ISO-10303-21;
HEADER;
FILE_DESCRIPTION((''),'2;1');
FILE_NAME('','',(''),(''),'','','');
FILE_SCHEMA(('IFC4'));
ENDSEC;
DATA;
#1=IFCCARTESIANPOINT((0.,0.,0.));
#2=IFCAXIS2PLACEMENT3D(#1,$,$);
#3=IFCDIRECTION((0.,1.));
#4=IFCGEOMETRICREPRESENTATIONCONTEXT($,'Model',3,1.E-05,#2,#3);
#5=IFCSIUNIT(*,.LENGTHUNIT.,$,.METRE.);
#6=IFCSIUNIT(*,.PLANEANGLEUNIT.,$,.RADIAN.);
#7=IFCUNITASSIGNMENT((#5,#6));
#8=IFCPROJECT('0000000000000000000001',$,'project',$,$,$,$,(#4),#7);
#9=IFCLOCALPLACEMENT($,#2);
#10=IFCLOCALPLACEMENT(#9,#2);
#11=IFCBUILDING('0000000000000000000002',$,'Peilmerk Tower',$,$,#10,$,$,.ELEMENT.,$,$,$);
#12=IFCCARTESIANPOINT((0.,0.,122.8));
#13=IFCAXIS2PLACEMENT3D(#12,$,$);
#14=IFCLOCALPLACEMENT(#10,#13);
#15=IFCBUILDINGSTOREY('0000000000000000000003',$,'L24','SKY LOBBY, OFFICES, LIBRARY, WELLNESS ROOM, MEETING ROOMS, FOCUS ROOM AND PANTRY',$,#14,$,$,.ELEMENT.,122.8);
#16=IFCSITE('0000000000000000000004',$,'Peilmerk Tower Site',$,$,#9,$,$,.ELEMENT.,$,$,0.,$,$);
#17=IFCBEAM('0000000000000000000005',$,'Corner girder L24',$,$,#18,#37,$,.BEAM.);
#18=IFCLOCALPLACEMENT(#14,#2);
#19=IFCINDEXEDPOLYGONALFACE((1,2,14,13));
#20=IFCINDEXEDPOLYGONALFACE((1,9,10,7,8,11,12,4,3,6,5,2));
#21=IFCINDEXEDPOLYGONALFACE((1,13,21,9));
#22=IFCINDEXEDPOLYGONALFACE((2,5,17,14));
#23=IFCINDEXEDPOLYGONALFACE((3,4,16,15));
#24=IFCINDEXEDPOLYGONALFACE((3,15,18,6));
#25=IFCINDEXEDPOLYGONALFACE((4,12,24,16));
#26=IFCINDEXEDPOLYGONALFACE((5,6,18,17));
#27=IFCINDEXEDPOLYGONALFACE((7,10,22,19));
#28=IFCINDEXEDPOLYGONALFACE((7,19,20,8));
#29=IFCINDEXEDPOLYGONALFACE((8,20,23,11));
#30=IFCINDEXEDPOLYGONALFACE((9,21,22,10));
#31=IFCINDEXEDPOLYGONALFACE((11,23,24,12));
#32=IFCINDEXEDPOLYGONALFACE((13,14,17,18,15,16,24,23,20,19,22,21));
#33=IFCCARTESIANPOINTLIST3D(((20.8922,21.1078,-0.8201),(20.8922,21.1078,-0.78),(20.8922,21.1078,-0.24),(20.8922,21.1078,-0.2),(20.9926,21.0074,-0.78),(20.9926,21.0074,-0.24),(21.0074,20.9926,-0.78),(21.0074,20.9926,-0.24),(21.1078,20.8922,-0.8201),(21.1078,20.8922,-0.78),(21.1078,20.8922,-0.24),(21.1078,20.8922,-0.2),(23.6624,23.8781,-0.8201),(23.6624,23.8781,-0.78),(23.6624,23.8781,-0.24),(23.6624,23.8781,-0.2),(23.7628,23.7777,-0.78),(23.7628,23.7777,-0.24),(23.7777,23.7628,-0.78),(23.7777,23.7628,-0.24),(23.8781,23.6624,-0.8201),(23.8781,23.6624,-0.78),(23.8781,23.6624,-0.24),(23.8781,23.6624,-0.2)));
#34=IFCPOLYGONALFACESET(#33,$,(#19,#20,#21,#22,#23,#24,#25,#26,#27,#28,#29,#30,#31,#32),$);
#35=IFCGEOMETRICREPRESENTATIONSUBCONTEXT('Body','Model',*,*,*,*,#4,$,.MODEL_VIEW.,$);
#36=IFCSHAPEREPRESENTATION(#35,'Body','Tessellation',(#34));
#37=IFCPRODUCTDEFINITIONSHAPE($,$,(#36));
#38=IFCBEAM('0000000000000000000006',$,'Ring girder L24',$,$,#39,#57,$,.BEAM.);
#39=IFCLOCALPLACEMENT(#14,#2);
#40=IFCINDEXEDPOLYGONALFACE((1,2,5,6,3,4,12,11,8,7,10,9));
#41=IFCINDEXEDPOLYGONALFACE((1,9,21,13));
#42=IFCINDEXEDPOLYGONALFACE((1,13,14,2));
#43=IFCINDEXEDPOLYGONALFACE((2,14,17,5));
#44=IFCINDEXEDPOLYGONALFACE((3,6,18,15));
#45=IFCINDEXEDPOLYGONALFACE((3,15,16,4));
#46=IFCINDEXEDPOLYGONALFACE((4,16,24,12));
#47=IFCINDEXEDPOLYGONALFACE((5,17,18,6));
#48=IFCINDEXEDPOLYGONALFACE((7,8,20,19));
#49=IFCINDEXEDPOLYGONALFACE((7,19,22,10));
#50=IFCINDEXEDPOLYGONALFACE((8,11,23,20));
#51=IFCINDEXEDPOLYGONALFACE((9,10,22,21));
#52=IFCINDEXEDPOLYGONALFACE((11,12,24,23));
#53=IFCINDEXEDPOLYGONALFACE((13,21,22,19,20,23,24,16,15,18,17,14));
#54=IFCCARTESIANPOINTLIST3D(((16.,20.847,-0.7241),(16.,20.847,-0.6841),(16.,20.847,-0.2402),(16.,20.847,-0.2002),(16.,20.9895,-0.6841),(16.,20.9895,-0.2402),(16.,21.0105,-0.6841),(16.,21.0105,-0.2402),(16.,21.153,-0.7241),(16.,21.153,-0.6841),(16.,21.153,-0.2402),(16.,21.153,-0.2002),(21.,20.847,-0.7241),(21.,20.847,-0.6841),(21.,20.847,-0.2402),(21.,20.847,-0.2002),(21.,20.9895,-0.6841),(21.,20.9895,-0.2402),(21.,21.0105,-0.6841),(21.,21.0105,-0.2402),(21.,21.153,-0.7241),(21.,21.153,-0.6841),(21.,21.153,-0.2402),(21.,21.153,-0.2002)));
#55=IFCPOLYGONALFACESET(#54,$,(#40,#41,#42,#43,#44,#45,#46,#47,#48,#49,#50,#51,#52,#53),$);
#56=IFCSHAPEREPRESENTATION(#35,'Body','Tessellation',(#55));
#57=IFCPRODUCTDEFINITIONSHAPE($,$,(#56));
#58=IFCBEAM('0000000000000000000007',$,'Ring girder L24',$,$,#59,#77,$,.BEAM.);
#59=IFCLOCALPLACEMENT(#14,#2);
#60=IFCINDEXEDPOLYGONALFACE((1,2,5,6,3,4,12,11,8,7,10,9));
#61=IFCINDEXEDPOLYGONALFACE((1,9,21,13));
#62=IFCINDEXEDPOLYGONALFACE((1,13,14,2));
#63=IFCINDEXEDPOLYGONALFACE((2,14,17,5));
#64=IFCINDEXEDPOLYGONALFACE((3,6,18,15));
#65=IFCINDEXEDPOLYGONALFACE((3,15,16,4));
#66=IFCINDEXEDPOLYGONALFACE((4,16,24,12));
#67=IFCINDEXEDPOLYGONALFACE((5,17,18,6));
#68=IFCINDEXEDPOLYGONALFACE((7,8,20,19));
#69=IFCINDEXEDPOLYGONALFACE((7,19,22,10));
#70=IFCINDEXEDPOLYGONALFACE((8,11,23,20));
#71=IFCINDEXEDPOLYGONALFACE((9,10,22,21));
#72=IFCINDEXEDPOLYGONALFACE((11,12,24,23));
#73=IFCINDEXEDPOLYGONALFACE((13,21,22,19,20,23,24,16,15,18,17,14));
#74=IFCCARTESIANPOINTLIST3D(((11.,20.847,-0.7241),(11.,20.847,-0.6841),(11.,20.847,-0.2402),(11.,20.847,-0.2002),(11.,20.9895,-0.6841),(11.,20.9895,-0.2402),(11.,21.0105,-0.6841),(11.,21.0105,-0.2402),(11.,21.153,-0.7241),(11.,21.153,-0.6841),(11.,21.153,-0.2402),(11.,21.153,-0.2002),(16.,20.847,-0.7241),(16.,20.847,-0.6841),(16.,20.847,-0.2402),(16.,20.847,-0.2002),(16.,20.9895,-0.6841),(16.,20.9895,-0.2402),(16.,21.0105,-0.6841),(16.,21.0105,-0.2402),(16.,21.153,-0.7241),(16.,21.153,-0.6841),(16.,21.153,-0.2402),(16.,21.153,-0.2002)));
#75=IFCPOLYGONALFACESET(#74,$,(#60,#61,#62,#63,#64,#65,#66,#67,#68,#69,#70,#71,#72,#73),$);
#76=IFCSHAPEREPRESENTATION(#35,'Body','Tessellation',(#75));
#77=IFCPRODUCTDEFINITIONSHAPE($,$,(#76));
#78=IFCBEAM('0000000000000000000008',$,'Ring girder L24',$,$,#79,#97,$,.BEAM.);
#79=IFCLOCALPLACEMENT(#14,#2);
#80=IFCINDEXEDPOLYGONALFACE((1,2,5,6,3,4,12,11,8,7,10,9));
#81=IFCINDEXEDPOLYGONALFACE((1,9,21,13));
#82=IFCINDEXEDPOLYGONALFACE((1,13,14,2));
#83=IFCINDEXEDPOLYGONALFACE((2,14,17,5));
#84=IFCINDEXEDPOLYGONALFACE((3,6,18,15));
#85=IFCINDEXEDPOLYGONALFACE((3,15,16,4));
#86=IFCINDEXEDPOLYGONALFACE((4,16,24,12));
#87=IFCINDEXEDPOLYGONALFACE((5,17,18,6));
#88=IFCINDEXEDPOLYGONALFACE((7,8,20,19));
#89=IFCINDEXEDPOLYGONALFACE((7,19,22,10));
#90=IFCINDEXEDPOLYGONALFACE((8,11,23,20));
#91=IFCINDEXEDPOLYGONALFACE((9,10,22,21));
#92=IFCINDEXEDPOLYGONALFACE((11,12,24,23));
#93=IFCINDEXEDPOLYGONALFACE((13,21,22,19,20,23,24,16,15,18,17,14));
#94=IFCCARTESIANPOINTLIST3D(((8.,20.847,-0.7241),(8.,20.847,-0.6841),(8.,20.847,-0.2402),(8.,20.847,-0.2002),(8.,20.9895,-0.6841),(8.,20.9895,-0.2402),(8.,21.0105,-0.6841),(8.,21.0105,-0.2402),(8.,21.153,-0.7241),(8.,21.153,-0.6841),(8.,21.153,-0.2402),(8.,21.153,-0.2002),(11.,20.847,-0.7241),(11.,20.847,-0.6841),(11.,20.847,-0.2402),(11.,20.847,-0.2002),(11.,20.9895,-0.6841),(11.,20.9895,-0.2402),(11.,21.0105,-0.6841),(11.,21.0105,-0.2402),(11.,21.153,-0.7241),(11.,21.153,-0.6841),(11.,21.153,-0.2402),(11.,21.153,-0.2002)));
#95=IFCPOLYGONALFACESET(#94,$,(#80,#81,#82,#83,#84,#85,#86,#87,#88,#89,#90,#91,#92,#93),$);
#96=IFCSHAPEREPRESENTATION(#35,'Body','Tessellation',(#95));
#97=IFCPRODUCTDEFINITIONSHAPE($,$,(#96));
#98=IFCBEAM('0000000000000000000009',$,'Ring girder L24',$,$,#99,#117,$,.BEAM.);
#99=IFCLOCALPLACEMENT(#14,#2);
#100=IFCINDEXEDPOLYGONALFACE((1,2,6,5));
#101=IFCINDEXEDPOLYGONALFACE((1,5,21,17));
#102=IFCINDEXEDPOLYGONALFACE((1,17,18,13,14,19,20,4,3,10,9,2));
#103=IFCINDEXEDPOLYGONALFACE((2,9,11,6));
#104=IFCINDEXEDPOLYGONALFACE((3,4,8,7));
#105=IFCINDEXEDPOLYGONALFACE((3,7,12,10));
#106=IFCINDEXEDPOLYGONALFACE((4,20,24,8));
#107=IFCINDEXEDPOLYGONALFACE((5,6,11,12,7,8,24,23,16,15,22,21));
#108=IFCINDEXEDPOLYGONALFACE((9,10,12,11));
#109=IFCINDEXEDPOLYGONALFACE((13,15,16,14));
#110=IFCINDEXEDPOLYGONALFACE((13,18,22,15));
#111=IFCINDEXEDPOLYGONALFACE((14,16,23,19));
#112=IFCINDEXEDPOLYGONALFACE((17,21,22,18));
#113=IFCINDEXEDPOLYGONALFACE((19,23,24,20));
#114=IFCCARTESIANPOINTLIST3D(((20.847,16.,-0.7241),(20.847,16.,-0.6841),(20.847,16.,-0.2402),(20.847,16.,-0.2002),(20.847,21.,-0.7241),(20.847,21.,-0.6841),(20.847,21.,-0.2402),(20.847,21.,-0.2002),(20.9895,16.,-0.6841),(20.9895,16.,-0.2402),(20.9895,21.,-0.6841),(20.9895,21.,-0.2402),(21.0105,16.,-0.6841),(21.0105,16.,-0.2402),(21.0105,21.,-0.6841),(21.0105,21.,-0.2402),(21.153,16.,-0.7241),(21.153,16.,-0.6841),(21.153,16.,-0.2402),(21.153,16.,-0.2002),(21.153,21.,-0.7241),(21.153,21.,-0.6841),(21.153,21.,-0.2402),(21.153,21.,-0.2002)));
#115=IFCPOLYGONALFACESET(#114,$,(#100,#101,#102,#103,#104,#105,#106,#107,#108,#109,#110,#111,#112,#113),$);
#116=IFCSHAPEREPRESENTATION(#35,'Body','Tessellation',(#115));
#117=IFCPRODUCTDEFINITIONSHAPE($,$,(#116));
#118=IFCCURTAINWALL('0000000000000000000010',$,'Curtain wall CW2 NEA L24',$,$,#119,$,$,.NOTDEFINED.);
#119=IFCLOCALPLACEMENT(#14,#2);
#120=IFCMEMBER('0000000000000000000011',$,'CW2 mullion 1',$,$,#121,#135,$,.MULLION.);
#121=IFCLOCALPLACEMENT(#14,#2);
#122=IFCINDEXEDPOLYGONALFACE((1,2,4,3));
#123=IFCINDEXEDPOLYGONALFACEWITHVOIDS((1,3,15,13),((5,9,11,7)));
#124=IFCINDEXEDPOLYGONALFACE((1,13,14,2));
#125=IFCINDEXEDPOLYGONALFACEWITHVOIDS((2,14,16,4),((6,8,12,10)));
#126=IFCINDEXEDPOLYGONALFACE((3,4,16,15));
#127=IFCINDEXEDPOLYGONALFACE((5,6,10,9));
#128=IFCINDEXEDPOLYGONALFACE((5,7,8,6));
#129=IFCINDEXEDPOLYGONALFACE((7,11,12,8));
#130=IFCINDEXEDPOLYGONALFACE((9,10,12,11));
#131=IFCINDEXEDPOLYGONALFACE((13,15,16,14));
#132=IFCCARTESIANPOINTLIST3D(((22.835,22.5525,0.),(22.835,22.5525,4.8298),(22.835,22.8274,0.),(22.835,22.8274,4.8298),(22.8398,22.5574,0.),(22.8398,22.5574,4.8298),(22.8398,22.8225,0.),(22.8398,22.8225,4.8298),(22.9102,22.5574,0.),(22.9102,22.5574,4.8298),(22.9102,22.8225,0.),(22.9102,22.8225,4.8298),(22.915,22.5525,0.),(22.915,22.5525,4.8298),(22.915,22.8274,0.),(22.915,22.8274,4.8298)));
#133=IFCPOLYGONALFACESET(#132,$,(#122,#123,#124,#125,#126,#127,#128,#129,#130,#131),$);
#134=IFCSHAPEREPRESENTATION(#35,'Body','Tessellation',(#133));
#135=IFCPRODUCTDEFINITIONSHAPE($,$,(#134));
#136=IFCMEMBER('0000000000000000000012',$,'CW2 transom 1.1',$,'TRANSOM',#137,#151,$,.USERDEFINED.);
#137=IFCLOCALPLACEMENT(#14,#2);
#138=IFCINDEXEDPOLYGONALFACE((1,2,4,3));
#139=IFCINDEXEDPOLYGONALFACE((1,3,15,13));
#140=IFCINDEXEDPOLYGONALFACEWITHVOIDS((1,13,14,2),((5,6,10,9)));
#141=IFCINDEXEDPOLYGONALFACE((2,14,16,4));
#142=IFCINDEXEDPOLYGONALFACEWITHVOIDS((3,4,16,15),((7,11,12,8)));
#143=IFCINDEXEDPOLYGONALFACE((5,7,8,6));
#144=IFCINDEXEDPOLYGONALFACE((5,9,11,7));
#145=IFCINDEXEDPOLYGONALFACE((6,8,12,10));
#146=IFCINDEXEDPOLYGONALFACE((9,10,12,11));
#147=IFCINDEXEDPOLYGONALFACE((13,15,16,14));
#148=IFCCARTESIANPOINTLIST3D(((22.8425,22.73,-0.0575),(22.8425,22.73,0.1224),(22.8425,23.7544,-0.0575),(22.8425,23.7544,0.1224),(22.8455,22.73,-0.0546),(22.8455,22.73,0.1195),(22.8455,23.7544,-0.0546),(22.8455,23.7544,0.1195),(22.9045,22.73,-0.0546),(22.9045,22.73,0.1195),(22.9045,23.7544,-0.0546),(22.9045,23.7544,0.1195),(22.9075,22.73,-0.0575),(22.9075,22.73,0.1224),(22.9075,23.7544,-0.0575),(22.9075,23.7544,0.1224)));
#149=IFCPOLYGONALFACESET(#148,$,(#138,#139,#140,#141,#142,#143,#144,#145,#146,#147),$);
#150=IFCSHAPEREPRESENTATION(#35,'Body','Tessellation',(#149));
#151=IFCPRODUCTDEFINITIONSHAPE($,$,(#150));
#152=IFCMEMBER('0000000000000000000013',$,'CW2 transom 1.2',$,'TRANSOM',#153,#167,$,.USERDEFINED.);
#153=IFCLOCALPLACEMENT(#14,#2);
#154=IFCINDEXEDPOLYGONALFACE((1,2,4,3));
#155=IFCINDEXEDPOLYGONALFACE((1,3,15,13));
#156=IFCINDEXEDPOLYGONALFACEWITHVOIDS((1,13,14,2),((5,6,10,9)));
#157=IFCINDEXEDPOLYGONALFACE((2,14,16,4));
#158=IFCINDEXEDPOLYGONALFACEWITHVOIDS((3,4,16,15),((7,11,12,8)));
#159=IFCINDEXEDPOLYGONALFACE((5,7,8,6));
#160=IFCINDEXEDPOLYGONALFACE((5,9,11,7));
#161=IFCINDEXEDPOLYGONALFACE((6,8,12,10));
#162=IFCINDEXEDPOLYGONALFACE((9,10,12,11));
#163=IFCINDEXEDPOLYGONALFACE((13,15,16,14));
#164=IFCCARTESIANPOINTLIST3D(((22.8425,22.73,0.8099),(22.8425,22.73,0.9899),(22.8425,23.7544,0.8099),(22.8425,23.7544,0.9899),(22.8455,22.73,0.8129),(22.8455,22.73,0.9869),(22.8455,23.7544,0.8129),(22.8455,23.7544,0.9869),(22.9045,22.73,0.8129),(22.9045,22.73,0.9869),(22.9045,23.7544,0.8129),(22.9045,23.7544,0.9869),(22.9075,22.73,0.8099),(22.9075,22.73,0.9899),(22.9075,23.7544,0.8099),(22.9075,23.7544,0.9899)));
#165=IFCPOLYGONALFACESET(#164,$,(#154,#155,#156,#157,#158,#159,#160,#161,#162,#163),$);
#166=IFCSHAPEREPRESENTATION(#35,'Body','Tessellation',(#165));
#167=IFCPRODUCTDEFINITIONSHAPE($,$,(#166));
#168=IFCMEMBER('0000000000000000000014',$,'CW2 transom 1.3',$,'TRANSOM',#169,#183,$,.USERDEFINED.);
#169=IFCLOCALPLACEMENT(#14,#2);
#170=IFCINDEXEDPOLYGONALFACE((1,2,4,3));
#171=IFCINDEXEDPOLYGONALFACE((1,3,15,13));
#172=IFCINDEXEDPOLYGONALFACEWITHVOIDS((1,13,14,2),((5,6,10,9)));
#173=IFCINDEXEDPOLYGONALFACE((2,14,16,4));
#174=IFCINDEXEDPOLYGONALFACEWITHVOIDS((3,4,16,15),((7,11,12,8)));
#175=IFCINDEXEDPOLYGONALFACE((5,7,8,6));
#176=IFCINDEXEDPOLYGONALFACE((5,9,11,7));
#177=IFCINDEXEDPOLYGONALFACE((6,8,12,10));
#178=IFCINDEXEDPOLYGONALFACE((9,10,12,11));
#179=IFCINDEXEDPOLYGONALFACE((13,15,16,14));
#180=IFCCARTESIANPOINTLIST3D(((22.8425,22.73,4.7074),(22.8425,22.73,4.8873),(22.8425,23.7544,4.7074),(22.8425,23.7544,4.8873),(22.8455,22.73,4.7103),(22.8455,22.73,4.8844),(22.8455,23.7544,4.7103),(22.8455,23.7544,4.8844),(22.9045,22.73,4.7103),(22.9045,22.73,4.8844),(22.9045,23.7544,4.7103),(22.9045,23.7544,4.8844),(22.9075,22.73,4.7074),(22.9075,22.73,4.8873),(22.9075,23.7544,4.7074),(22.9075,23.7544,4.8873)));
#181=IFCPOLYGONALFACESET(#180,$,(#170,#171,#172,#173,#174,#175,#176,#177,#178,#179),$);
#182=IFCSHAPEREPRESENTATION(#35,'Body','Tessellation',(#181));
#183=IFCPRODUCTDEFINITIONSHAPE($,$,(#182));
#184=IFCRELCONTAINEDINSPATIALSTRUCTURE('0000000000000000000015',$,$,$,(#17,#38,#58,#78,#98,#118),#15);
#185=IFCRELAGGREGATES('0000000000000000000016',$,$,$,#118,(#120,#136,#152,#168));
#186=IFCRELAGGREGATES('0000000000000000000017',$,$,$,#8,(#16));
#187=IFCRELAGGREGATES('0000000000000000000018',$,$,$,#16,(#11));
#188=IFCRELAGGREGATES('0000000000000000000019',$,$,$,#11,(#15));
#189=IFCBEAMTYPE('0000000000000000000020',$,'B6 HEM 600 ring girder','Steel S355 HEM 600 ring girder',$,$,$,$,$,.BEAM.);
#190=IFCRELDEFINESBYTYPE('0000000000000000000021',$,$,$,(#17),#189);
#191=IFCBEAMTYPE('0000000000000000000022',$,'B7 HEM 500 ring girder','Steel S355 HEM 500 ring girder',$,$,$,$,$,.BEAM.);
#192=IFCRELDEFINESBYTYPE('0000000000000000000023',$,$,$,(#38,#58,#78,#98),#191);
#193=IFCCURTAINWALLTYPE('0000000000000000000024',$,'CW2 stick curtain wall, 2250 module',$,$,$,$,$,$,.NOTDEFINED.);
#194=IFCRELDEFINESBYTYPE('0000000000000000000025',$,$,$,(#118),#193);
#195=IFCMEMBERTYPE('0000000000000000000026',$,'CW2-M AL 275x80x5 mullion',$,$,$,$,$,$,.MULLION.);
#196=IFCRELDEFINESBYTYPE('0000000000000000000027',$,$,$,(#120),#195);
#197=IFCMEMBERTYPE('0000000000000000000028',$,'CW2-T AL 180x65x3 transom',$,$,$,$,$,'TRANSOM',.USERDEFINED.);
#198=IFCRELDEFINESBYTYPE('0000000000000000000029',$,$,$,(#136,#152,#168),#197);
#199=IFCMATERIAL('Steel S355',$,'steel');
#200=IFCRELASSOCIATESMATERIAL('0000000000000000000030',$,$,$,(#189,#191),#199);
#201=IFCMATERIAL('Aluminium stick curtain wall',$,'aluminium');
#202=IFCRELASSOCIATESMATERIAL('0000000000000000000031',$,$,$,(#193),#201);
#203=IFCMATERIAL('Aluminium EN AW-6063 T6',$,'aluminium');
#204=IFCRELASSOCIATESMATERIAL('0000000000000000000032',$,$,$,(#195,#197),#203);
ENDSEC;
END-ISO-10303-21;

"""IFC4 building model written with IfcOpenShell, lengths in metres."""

from ifc_helpers import new_model, si_unit, direction, frame, origin, origin_2d, place, context, subcontext, project, spatial, hollow_rectangle, i_section, extrude, material, material_profile, profile_set, type_object, element, aggregate, save


model = new_model("IFC4")

# Units and contexts
model_context = context("Model", 3, precision=1e-05, world=origin(), true_north=direction((0.0, 1.0)))
body_context = subcontext(model_context, "Body", "Model", "MODEL_VIEW")
ifc_project = project(units=[si_unit("LENGTHUNIT", "METRE"), si_unit("PLANEANGLEUNIT", "RADIAN")], contexts=[model_context])

# Site, building, storey
site_placement = place(None, origin())
site = spatial("IfcSite", under=ifc_project, at=site_placement, Name="Peilmerk Tower Site", CompositionType="ELEMENT", RefElevation=0.0)
building_placement = place(site_placement, origin())
building = spatial("IfcBuilding", under=site, at=building_placement, Name="Peilmerk Tower", CompositionType="ELEMENT")
storey_placement = place(building_placement, frame((0.0, 0.0, 122.8)))
storey = spatial("IfcBuildingStorey", under=building, at=storey_placement, Name="L24", Description="SKY LOBBY, OFFICES, LIBRARY, WELLNESS ROOM, MEETING ROOMS, FOCUS ROOM AND PANTRY", CompositionType="ELEMENT", Elevation=122.8)

# Beams
ifc_material_1 = material(Name="Steel S355", Category="steel")
ifc_material_profile_1 = material_profile(ifc_material_1, i_section(OverallWidth=0.3049, OverallDepth=0.6201, WebThickness=0.021, FlangeThickness=0.04, at=origin_2d()), Name="HEM 600")
ifc_profile_set_1 = profile_set([ifc_material_profile_1], Name="Steel S355")
beam_type_1 = type_object("IfcBeamType", Name="B6 HEM 600 ring girder", Description="Steel S355 HEM 600 ring girder", PredefinedType="BEAM", material=ifc_profile_set_1)
beam_1_placement = place(storey_placement, frame((21.0, 21.0, -0.51), z_axis=(0.707107, 0.707107, 0.0), x_axis=(-0.707107, 0.707107, 0.0)))
element("IfcBeam", 1, at=beam_1_placement, inside=storey, type_object=beam_type_1, Name="Corner girder L24", PredefinedType="BEAM", context=body_context, shape_type="SweptSolid", body=[
    extrude(i_section(OverallWidth=0.3049, OverallDepth=0.6201, WebThickness=0.021, FlangeThickness=0.04, at=origin_2d()), origin(), (0.0, 0.0, 1.0), 3.9177),
])
ifc_material_profile_2 = material_profile(ifc_material_1, i_section(OverallWidth=0.3059, OverallDepth=0.5239, WebThickness=0.021, FlangeThickness=0.04, at=origin_2d()), Name="HEM 500")
ifc_profile_set_2 = profile_set([ifc_material_profile_2], Name="Steel S355")
beam_type_2 = type_object("IfcBeamType", Name="B7 HEM 500 ring girder", Description="Steel S355 HEM 500 ring girder", PredefinedType="BEAM", material=ifc_profile_set_2)
for number, where, z_axis, x_axis, name in (
    (2, (21.0, 21.0, -0.4622), (-1.0, 0.0, 0.0), (0.0, -1.0, 0.0), "Ring girder L24"),
    (3, (16.0, 21.0, -0.4622), (-1.0, 0.0, 0.0), (0.0, -1.0, 0.0), "Ring girder L24"),
):
    element("IfcBeam", number, at=place(storey_placement, frame(where, z_axis=z_axis, x_axis=x_axis)), inside=storey, type_object=beam_type_2, Name=name, PredefinedType="BEAM", context=body_context, shape_type="SweptSolid", body=[
        extrude(i_section(OverallWidth=0.3059, OverallDepth=0.5239, WebThickness=0.021, FlangeThickness=0.04, at=origin_2d()), origin(), (0.0, 0.0, 1.0), 5.0),
    ])
beam_2_placement = place(storey_placement, frame((11.0, 21.0, -0.4622), z_axis=(-1.0, 0.0, 0.0), x_axis=(0.0, -1.0, 0.0)))
element("IfcBeam", 4, at=beam_2_placement, inside=storey, type_object=beam_type_2, Name="Ring girder L24", PredefinedType="BEAM", context=body_context, shape_type="SweptSolid", body=[
    extrude(i_section(OverallWidth=0.3059, OverallDepth=0.5239, WebThickness=0.021, FlangeThickness=0.04, at=origin_2d()), origin(), (0.0, 0.0, 1.0), 3.0),
])
beam_3_placement = place(storey_placement, frame((21.0, 16.0, -0.4622), z_axis=(0.0, 1.0, 0.0), x_axis=(-1.0, 0.0, 0.0)))
element("IfcBeam", 5, at=beam_3_placement, inside=storey, type_object=beam_type_2, Name="Ring girder L24", PredefinedType="BEAM", context=body_context, shape_type="SweptSolid", body=[
    extrude(i_section(OverallWidth=0.3059, OverallDepth=0.5239, WebThickness=0.021, FlangeThickness=0.04, at=origin_2d()), origin(), (0.0, 0.0, 1.0), 5.0),
])

# Curtain wall, members
ifc_material_2 = material(Name="Aluminium stick curtain wall", Category="aluminium")
curtain_wall_type = type_object("IfcCurtainWallType", Name="CW2 stick curtain wall, 2250 module", PredefinedType="NOTDEFINED", material=ifc_material_2)
curtain_wall_placement = place(storey_placement, origin())
curtain_wall = element("IfcCurtainWall", 6, at=curtain_wall_placement, inside=storey, type_object=curtain_wall_type, Name="Curtain wall CW2 NEA L24", PredefinedType="NOTDEFINED")
ifc_material_3 = material(Name="Aluminium EN AW-6063 T6", Category="aluminium")
ifc_material_profile_3 = material_profile(ifc_material_3, hollow_rectangle(XDim=0.0801, YDim=0.2749, WallThickness=0.0049, at=origin_2d()), Name="AL 275x80x5")
ifc_profile_set_3 = profile_set([ifc_material_profile_3], Name="Aluminium EN AW-6063 T6")
member_type_1 = type_object("IfcMemberType", Name="CW2-M AL 275x80x5 mullion", PredefinedType="MULLION", material=ifc_profile_set_3)
member_1_placement = place(storey_placement, frame((22.875, 22.6899, 0.0), z_axis=(0.0, 0.0, 1.0), x_axis=(-1.0, 0.0, 0.0)))
member_1 = element("IfcMember", 7, at=member_1_placement, type_object=member_type_1, Name="CW2 mullion 1", PredefinedType="MULLION", context=body_context, shape_type="SweptSolid", body=[
    extrude(hollow_rectangle(XDim=0.0801, YDim=0.2749, WallThickness=0.0049, at=origin_2d()), origin(), (0.0, 0.0, 1.0), 4.8298),
])
ifc_material_profile_4 = material_profile(ifc_material_3, hollow_rectangle(XDim=0.0649, YDim=0.1799, WallThickness=0.0029, at=origin_2d()), Name="AL 180x65x3")
ifc_profile_set_4 = profile_set([ifc_material_profile_4], Name="Aluminium EN AW-6063 T6")
member_type_2 = type_object("IfcMemberType", Name="CW2-T AL 180x65x3 transom", ElementType="TRANSOM", PredefinedType="USERDEFINED", material=ifc_profile_set_4)
member_2_placement = place(storey_placement, frame((22.875, 22.73, 0.0325), z_axis=(0.0, 1.0, 0.0), x_axis=(-1.0, 0.0, 0.0)))
member_2 = element("IfcMember", 8, at=member_2_placement, type_object=member_type_2, Name="CW2 transom 1.1", ObjectType="TRANSOM", PredefinedType="USERDEFINED", context=body_context, shape_type="SweptSolid", body=[
    extrude(hollow_rectangle(XDim=0.0649, YDim=0.1799, WallThickness=0.0029, at=origin_2d()), origin(), (0.0, 0.0, 1.0), 1.0244),
])
member_3_placement = place(storey_placement, frame((22.875, 22.73, 0.8999), z_axis=(0.0, 1.0, 0.0), x_axis=(-1.0, 0.0, 0.0)))
member_3 = element("IfcMember", 9, at=member_3_placement, type_object=member_type_2, Name="CW2 transom 1.2", ObjectType="TRANSOM", PredefinedType="USERDEFINED", context=body_context, shape_type="SweptSolid", body=[
    extrude(hollow_rectangle(XDim=0.0649, YDim=0.1799, WallThickness=0.0029, at=origin_2d()), origin(), (0.0, 0.0, 1.0), 1.0244),
])
member_4_placement = place(storey_placement, frame((22.875, 22.73, 4.7974), z_axis=(0.0, 1.0, 0.0), x_axis=(-1.0, 0.0, 0.0)))
member_4 = element("IfcMember", 10, at=member_4_placement, type_object=member_type_2, Name="CW2 transom 1.3", ObjectType="TRANSOM", PredefinedType="USERDEFINED", context=body_context, shape_type="SweptSolid", body=[
    extrude(hollow_rectangle(XDim=0.0649, YDim=0.1799, WallThickness=0.0029, at=origin_2d()), origin(), (0.0, 0.0, 1.0), 1.0244),
])
aggregate(curtain_wall, [member_1, member_2, member_3, member_4])

save(model, "model.ifc")
